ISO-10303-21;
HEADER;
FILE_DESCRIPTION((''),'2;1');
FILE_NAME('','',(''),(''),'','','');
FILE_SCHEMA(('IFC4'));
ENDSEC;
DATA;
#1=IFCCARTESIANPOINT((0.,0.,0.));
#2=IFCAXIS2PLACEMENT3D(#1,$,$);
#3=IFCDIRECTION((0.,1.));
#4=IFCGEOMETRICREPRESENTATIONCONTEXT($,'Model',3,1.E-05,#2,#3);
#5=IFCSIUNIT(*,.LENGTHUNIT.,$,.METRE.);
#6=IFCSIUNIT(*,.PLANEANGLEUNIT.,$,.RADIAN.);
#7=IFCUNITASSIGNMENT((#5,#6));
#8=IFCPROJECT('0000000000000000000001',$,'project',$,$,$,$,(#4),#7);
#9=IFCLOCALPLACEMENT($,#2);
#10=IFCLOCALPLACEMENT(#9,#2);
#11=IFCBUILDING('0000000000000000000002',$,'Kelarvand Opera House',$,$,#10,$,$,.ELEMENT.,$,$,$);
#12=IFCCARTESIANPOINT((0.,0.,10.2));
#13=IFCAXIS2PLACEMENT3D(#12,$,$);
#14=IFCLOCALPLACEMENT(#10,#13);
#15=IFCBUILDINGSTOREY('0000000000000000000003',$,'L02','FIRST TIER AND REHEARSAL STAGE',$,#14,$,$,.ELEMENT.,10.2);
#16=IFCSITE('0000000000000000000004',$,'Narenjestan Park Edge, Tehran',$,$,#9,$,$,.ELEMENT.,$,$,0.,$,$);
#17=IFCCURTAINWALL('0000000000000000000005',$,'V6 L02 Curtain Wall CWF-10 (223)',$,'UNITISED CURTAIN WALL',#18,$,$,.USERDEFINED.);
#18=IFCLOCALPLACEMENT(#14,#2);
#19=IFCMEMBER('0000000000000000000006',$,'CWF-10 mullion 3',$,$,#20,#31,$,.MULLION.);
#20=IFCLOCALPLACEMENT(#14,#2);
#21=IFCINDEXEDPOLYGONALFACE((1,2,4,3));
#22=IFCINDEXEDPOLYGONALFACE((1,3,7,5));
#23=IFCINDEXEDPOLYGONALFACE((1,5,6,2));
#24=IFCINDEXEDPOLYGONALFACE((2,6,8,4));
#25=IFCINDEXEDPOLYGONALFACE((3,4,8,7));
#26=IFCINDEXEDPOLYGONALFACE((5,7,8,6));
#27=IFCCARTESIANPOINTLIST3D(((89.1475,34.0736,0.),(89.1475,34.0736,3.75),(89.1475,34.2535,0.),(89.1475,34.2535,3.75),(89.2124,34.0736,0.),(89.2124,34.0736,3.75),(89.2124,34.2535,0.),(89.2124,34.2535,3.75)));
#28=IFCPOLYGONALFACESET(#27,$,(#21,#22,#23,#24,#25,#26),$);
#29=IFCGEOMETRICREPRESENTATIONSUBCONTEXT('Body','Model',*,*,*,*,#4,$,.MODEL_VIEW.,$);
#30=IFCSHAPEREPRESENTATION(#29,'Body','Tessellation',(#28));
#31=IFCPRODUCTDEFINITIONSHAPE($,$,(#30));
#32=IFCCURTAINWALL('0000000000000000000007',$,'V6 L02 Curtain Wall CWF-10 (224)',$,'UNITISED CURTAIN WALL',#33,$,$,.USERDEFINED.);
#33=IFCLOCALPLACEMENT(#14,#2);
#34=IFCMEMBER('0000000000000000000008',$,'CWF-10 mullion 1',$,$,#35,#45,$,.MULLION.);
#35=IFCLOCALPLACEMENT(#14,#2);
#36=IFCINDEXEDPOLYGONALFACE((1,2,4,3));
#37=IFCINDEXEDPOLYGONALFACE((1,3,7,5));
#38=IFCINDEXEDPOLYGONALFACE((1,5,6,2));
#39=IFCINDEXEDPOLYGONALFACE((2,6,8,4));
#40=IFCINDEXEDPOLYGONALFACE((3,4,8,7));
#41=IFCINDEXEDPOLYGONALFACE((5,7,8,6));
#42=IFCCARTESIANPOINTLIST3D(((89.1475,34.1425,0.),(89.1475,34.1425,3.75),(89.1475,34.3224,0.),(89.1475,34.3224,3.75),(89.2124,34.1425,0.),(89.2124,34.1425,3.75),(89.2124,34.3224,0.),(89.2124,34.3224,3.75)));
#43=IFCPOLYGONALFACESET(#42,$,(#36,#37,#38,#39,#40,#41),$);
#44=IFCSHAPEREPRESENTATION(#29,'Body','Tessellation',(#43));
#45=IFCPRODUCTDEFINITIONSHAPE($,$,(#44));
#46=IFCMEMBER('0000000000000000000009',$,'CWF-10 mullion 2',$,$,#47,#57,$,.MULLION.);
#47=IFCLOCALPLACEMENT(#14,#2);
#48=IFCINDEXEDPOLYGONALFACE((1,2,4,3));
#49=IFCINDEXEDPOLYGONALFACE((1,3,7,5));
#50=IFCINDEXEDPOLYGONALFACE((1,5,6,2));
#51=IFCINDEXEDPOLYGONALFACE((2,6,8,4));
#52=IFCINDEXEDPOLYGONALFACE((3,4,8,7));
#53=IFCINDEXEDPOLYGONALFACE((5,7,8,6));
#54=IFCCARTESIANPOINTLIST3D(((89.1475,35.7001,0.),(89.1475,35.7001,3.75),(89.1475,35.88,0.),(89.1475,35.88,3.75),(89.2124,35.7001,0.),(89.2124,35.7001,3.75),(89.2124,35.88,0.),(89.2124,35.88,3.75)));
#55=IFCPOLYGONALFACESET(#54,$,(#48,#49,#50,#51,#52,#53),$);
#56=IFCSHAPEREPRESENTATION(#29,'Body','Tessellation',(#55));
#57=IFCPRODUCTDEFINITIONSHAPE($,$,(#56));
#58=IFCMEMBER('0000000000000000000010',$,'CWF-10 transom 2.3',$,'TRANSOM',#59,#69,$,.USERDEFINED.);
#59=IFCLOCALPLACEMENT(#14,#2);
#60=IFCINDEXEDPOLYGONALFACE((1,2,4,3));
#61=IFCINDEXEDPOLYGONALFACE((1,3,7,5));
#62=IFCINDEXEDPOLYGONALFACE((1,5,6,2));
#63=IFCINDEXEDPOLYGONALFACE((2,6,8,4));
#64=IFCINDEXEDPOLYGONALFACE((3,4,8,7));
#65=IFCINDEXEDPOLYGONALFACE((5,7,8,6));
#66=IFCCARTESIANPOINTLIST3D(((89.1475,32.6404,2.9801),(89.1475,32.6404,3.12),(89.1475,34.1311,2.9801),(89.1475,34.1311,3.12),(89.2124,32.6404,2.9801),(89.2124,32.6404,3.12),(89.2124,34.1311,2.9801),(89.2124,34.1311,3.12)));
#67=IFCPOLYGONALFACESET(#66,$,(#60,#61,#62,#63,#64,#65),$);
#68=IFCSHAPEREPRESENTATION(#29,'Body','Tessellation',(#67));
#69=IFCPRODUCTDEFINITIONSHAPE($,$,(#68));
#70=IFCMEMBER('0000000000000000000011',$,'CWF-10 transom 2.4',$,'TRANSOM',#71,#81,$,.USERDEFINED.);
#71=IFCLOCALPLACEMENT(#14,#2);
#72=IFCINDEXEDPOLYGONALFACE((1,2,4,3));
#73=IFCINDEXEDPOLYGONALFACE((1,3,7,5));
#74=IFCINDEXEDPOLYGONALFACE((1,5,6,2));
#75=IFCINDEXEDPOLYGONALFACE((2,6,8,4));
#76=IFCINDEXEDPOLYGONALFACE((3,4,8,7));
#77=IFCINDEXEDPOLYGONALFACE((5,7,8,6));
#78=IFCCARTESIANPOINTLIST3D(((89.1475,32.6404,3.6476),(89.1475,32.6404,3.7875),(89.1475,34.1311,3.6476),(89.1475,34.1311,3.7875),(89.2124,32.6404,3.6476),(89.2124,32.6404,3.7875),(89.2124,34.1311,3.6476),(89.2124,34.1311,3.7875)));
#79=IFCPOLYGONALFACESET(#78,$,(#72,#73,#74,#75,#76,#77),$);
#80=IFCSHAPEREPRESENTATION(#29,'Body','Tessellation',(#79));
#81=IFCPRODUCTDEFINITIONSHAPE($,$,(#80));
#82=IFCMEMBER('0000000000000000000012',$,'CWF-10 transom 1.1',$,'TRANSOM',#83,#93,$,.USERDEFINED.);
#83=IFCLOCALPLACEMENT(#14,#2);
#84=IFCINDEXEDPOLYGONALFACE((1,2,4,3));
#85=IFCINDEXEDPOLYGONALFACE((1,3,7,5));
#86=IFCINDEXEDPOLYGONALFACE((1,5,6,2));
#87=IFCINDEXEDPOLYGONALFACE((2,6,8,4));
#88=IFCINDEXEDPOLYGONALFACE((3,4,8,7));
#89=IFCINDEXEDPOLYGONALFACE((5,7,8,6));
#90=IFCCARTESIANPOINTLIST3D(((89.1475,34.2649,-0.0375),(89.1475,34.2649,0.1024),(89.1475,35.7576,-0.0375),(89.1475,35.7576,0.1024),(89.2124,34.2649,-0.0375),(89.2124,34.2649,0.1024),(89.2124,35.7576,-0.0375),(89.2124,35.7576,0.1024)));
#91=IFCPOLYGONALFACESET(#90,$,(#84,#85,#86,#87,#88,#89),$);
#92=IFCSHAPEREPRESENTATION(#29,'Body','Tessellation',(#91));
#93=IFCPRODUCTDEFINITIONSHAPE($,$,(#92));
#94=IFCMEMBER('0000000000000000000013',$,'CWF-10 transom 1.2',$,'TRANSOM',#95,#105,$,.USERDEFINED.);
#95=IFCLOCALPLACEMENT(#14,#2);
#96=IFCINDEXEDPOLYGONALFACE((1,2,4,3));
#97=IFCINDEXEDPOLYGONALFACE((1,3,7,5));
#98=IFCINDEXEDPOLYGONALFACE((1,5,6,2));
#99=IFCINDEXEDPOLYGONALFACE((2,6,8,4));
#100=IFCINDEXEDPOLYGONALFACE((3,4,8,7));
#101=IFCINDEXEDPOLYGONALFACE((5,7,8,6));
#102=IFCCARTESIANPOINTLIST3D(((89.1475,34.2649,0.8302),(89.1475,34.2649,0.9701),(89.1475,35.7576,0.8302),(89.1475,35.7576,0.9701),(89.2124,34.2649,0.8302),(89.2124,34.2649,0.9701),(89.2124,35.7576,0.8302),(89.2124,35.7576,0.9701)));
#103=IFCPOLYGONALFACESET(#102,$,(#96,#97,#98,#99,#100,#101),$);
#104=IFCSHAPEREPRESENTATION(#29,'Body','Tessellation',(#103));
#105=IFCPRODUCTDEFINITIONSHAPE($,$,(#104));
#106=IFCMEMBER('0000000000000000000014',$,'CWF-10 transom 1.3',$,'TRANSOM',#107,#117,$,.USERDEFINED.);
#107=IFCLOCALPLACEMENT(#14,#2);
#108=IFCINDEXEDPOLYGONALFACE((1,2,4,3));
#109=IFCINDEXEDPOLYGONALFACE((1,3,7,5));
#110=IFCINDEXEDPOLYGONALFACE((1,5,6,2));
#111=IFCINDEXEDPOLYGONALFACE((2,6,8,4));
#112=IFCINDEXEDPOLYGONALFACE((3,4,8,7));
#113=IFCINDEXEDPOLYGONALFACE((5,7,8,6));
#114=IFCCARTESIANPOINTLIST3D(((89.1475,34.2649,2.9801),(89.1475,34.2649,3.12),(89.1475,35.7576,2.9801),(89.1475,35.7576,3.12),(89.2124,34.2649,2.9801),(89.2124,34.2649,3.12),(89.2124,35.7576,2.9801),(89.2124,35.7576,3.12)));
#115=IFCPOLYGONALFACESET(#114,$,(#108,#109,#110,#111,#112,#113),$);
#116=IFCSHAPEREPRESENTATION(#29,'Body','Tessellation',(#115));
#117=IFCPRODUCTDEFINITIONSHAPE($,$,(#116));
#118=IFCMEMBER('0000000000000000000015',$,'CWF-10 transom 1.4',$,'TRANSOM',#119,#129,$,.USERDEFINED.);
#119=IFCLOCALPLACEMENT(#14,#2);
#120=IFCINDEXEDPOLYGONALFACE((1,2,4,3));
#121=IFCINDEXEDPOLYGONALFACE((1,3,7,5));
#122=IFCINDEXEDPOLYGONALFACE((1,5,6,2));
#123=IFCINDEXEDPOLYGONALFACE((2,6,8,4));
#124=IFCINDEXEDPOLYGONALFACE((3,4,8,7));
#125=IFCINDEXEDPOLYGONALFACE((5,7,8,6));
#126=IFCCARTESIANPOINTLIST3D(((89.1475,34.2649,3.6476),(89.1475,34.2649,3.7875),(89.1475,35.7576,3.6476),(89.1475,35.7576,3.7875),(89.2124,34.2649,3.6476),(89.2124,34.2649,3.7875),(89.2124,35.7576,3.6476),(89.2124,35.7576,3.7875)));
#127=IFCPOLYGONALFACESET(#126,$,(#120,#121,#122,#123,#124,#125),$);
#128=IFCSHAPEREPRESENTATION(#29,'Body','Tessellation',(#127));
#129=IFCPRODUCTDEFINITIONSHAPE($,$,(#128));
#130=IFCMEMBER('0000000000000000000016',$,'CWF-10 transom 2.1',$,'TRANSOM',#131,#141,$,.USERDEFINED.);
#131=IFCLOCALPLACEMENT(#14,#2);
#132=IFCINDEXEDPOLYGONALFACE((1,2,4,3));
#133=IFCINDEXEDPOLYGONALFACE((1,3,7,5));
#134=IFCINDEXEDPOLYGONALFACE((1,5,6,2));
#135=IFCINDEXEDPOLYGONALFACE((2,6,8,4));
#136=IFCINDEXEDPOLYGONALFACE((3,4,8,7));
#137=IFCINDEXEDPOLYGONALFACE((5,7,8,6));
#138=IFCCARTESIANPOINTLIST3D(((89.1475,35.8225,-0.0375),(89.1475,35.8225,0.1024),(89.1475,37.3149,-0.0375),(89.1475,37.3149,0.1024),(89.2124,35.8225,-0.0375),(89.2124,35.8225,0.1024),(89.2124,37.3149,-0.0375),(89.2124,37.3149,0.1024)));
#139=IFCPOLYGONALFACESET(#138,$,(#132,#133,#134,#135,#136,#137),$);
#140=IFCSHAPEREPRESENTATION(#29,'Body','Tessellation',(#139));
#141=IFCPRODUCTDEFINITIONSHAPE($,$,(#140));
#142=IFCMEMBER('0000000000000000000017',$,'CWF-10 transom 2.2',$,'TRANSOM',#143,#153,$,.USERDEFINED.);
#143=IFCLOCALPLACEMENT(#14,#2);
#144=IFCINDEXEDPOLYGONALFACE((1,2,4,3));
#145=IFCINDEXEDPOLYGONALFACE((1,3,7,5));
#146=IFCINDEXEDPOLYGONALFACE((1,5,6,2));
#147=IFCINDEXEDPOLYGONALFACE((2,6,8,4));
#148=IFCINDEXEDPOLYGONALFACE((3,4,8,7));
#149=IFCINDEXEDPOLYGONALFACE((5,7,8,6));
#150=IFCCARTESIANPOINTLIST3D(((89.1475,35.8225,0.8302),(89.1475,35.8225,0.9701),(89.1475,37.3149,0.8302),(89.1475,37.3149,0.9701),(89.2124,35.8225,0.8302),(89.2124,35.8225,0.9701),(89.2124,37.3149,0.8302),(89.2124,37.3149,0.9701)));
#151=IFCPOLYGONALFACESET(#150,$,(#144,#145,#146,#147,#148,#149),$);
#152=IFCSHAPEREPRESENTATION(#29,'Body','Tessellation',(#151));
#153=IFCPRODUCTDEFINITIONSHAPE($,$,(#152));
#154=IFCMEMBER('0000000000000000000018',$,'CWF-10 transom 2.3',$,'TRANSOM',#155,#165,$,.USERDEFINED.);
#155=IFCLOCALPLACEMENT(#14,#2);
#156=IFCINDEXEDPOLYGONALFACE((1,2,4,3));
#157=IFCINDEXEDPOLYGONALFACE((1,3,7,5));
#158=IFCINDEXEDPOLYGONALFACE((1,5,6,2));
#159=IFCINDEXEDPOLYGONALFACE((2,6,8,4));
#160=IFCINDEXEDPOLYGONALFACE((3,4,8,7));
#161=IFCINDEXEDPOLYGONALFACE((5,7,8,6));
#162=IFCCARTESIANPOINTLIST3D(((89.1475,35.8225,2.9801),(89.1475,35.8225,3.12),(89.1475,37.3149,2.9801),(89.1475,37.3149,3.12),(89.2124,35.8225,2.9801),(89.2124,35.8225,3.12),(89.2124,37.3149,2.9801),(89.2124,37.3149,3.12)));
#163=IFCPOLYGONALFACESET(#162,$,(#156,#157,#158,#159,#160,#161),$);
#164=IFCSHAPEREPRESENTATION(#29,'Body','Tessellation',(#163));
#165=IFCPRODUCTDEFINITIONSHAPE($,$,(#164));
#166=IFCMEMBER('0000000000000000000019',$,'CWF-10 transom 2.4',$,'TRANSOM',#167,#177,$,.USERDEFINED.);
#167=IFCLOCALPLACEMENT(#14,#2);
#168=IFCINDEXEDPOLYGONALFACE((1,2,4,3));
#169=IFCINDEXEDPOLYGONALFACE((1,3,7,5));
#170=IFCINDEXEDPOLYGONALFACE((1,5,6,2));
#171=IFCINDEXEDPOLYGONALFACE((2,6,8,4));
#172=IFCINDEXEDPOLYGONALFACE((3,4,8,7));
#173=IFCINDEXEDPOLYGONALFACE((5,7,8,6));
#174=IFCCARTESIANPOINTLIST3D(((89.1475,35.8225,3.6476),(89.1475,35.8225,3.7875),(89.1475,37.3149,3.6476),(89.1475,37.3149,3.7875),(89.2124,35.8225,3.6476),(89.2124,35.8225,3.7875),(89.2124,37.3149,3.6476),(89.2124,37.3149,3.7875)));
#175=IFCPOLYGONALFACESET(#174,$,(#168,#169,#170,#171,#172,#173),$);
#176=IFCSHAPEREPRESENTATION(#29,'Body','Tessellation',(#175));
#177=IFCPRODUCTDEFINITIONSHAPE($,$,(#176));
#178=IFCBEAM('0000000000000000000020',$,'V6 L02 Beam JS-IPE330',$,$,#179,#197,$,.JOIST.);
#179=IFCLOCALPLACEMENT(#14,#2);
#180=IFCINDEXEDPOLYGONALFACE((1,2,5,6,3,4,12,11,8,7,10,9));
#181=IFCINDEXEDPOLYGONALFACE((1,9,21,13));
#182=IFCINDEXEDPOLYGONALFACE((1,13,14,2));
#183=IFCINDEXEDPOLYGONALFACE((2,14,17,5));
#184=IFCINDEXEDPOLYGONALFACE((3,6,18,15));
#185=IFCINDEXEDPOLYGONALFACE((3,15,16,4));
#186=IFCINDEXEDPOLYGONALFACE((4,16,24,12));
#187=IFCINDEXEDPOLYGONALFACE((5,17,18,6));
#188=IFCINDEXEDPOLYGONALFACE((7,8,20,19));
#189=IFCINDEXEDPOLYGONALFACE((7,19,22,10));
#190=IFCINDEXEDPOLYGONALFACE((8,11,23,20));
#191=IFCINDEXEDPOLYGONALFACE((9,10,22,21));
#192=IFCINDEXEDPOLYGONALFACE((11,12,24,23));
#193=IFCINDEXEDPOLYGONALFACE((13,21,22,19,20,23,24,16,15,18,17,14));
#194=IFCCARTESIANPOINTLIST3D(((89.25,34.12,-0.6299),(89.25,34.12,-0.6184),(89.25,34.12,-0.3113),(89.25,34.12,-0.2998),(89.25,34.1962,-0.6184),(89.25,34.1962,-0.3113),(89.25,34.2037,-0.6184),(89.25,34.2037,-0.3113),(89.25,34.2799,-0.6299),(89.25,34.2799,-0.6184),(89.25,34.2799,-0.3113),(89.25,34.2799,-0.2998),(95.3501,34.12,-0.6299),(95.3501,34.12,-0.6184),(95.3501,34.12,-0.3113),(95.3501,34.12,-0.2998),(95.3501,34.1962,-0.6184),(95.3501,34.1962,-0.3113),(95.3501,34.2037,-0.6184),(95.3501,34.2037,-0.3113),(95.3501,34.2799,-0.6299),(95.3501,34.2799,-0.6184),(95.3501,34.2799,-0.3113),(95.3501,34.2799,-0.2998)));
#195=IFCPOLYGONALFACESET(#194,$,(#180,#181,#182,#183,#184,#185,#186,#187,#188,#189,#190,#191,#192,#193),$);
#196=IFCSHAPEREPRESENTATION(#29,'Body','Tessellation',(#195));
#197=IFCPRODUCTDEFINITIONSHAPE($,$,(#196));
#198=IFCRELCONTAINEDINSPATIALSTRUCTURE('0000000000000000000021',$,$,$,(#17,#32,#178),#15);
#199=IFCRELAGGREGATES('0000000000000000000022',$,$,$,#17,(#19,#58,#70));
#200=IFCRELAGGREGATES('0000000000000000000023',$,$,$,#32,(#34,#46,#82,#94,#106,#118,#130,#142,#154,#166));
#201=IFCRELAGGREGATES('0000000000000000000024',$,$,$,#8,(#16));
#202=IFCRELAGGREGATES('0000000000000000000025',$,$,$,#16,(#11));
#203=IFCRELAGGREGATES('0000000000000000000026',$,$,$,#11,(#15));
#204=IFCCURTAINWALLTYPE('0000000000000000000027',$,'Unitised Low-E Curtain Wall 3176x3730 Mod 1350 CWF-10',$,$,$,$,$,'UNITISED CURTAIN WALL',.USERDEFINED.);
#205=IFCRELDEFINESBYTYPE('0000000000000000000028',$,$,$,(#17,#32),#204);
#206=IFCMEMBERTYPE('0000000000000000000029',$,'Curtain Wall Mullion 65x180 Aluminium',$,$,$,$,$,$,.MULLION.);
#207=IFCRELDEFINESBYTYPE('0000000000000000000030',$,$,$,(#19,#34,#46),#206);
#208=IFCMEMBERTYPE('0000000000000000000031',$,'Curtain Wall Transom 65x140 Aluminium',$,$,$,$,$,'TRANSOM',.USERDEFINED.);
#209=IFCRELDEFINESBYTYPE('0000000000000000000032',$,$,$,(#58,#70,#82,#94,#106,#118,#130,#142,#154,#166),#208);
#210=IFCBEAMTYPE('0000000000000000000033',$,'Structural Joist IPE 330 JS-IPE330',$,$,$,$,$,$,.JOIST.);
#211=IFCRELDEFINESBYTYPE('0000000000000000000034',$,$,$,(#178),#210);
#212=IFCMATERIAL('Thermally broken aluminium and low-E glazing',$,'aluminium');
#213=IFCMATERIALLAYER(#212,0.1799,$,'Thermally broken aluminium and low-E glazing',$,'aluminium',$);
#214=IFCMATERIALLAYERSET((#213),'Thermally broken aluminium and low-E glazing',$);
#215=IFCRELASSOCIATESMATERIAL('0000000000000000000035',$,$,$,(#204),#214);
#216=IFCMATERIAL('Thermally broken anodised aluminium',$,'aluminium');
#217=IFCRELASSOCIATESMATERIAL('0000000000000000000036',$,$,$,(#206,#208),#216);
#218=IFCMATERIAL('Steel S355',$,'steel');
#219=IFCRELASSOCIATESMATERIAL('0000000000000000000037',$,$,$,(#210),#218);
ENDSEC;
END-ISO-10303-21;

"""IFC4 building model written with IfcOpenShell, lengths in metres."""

from ifc_helpers import new_model, si_unit, direction, frame, origin, origin_2d, place, context, subcontext, project, spatial, rectangle, i_section, extrude, material, layer, layer_set, material_profile, profile_set, type_object, element, aggregate, save


model = new_model("IFC4")

# Units and contexts
model_context = context("Model", 3, precision=1e-05, world=origin(), true_north=direction((0.0, 1.0)))
body_context = subcontext(model_context, "Body", "Model", "MODEL_VIEW")
ifc_project = project(units=[si_unit("LENGTHUNIT", "METRE"), si_unit("PLANEANGLEUNIT", "RADIAN")], contexts=[model_context])

# Site, building, storey
site_placement = place(None, origin())
site = spatial("IfcSite", under=ifc_project, at=site_placement, Name="Narenjestan Park Edge, Tehran", CompositionType="ELEMENT", RefElevation=0.0)
building_placement = place(site_placement, origin())
building = spatial("IfcBuilding", under=site, at=building_placement, Name="Kelarvand Opera House", CompositionType="ELEMENT")
storey_placement = place(building_placement, frame((0.0, 0.0, 10.2)))
storey = spatial("IfcBuildingStorey", under=building, at=storey_placement, Name="L02", Description="FIRST TIER AND REHEARSAL STAGE", CompositionType="ELEMENT", Elevation=10.2)

# Curtain wall, member
ifc_material_1 = material(Name="Thermally broken aluminium and low-E glazing", Category="aluminium")
ifc_layer_1 = layer(ifc_material_1, 0.1799, Name="Thermally broken aluminium and low-E glazing", Category="aluminium")
ifc_layer_set_1 = layer_set([ifc_layer_1], Name="Thermally broken aluminium and low-E glazing")
curtain_wall_type = type_object("IfcCurtainWallType", Name="Unitised Low-E Curtain Wall 3176x3730 Mod 1350 CWF-10", ElementType="UNITISED CURTAIN WALL", PredefinedType="USERDEFINED", material=ifc_layer_set_1)
curtain_wall_1_placement = place(storey_placement, origin())
curtain_wall_1 = element("IfcCurtainWall", 1, at=curtain_wall_1_placement, inside=storey, type_object=curtain_wall_type, Name="V6 L02 Curtain Wall CWF-10 (223)", ObjectType="UNITISED CURTAIN WALL", PredefinedType="USERDEFINED")
ifc_material_2 = material(Name="Thermally broken anodised aluminium", Category="aluminium")
ifc_material_profile_1 = material_profile(ifc_material_2, rectangle(XDim=0.0649, YDim=0.1799, at=origin_2d()), Name="ALU MULLION 65x180", Category="aluminium")
ifc_profile_set_1 = profile_set([ifc_material_profile_1], Name="Thermally broken anodised aluminium")
member_type_1 = type_object("IfcMemberType", Name="Curtain Wall Mullion 65x180 Aluminium", PredefinedType="MULLION", material=ifc_profile_set_1)
member_1_placement = place(storey_placement, frame((89.1799, 34.1636, 0.0), z_axis=(0.0, 0.0, 1.0), x_axis=(-1.0, 0.0, 0.0)))
member_1 = element("IfcMember", 2, at=member_1_placement, type_object=member_type_1, Name="CWF-10 mullion 3", PredefinedType="MULLION", context=body_context, shape_type="SweptSolid", body=[
    extrude(rectangle(XDim=0.0649, YDim=0.1799, at=origin_2d()), origin(), (0.0, 0.0, 1.0), 3.75),
])

# Curtain wall, members
curtain_wall_2_placement = place(storey_placement, origin())
curtain_wall_2 = element("IfcCurtainWall", 3, at=curtain_wall_2_placement, inside=storey, type_object=curtain_wall_type, Name="V6 L02 Curtain Wall CWF-10 (224)", ObjectType="UNITISED CURTAIN WALL", PredefinedType="USERDEFINED")
member_2_placement = place(storey_placement, frame((89.1799, 34.2324, 0.0), z_axis=(0.0, 0.0, 1.0), x_axis=(-1.0, 0.0, 0.0)))
member_2 = element("IfcMember", 4, at=member_2_placement, type_object=member_type_1, Name="CWF-10 mullion 1", PredefinedType="MULLION", context=body_context, shape_type="SweptSolid", body=[
    extrude(rectangle(XDim=0.0649, YDim=0.1799, at=origin_2d()), origin(), (0.0, 0.0, 1.0), 3.75),
])
member_3_placement = place(storey_placement, frame((89.1799, 35.79, 0.0), z_axis=(0.0, 0.0, 1.0), x_axis=(-1.0, 0.0, 0.0)))
member_3 = element("IfcMember", 5, at=member_3_placement, type_object=member_type_1, Name="CWF-10 mullion 2", PredefinedType="MULLION", context=body_context, shape_type="SweptSolid", body=[
    extrude(rectangle(XDim=0.0649, YDim=0.1799, at=origin_2d()), origin(), (0.0, 0.0, 1.0), 3.75),
])

# Members
ifc_material_profile_2 = material_profile(ifc_material_2, rectangle(XDim=0.0649, YDim=0.1399, at=origin_2d()), Name="ALU TRANSOM 65x140", Category="aluminium")
ifc_profile_set_2 = profile_set([ifc_material_profile_2], Name="Thermally broken anodised aluminium")
member_type_2 = type_object("IfcMemberType", Name="Curtain Wall Transom 65x140 Aluminium", ElementType="TRANSOM", PredefinedType="USERDEFINED", material=ifc_profile_set_2)
member_4_placement = place(storey_placement, frame((89.1799, 32.6404, 3.05), z_axis=(0.0, 1.0, 0.0), x_axis=(-1.0, 0.0, 0.0)))
member_4 = element("IfcMember", 6, at=member_4_placement, type_object=member_type_2, Name="CWF-10 transom 2.3", ObjectType="TRANSOM", PredefinedType="USERDEFINED", context=body_context, shape_type="SweptSolid", body=[
    extrude(rectangle(XDim=0.0649, YDim=0.1399, at=origin_2d()), origin(), (0.0, 0.0, 1.0), 1.4907),
])
member_5_placement = place(storey_placement, frame((89.1799, 32.6404, 3.7175), z_axis=(0.0, 1.0, 0.0), x_axis=(-1.0, 0.0, 0.0)))
member_5 = element("IfcMember", 7, at=member_5_placement, type_object=member_type_2, Name="CWF-10 transom 2.4", ObjectType="TRANSOM", PredefinedType="USERDEFINED", context=body_context, shape_type="SweptSolid", body=[
    extrude(rectangle(XDim=0.0649, YDim=0.1399, at=origin_2d()), origin(), (0.0, 0.0, 1.0), 1.4907),
])
member_6_placement = place(storey_placement, frame((89.1799, 34.2649, 0.0325), z_axis=(0.0, 1.0, 0.0), x_axis=(-1.0, 0.0, 0.0)))
member_6 = element("IfcMember", 8, at=member_6_placement, type_object=member_type_2, Name="CWF-10 transom 1.1", ObjectType="TRANSOM", PredefinedType="USERDEFINED", context=body_context, shape_type="SweptSolid", body=[
    extrude(rectangle(XDim=0.0649, YDim=0.1399, at=origin_2d()), origin(), (0.0, 0.0, 1.0), 1.4927),
])
member_7_placement = place(storey_placement, frame((89.1799, 34.2649, 0.9001), z_axis=(0.0, 1.0, 0.0), x_axis=(-1.0, 0.0, 0.0)))
member_7 = element("IfcMember", 9, at=member_7_placement, type_object=member_type_2, Name="CWF-10 transom 1.2", ObjectType="TRANSOM", PredefinedType="USERDEFINED", context=body_context, shape_type="SweptSolid", body=[
    extrude(rectangle(XDim=0.0649, YDim=0.1399, at=origin_2d()), origin(), (0.0, 0.0, 1.0), 1.4927),
])
member_8_placement = place(storey_placement, frame((89.1799, 34.2649, 3.05), z_axis=(0.0, 1.0, 0.0), x_axis=(-1.0, 0.0, 0.0)))
member_8 = element("IfcMember", 10, at=member_8_placement, type_object=member_type_2, Name="CWF-10 transom 1.3", ObjectType="TRANSOM", PredefinedType="USERDEFINED", context=body_context, shape_type="SweptSolid", body=[
    extrude(rectangle(XDim=0.0649, YDim=0.1399, at=origin_2d()), origin(), (0.0, 0.0, 1.0), 1.4927),
])
member_9_placement = place(storey_placement, frame((89.1799, 34.2649, 3.7175), z_axis=(0.0, 1.0, 0.0), x_axis=(-1.0, 0.0, 0.0)))
member_9 = element("IfcMember", 11, at=member_9_placement, type_object=member_type_2, Name="CWF-10 transom 1.4", ObjectType="TRANSOM", PredefinedType="USERDEFINED", context=body_context, shape_type="SweptSolid", body=[
    extrude(rectangle(XDim=0.0649, YDim=0.1399, at=origin_2d()), origin(), (0.0, 0.0, 1.0), 1.4927),
])
member_10_placement = place(storey_placement, frame((89.1799, 35.8225, 0.0325), z_axis=(0.0, 1.0, 0.0), x_axis=(-1.0, 0.0, 0.0)))
member_10 = element("IfcMember", 12, at=member_10_placement, type_object=member_type_2, Name="CWF-10 transom 2.1", ObjectType="TRANSOM", PredefinedType="USERDEFINED", context=body_context, shape_type="SweptSolid", body=[
    extrude(rectangle(XDim=0.0649, YDim=0.1399, at=origin_2d()), origin(), (0.0, 0.0, 1.0), 1.4924),
])
member_11_placement = place(storey_placement, frame((89.1799, 35.8225, 0.9001), z_axis=(0.0, 1.0, 0.0), x_axis=(-1.0, 0.0, 0.0)))
member_11 = element("IfcMember", 13, at=member_11_placement, type_object=member_type_2, Name="CWF-10 transom 2.2", ObjectType="TRANSOM", PredefinedType="USERDEFINED", context=body_context, shape_type="SweptSolid", body=[
    extrude(rectangle(XDim=0.0649, YDim=0.1399, at=origin_2d()), origin(), (0.0, 0.0, 1.0), 1.4924),
])
member_12_placement = place(storey_placement, frame((89.1799, 35.8225, 3.05), z_axis=(0.0, 1.0, 0.0), x_axis=(-1.0, 0.0, 0.0)))
member_12 = element("IfcMember", 14, at=member_12_placement, type_object=member_type_2, Name="CWF-10 transom 2.3", ObjectType="TRANSOM", PredefinedType="USERDEFINED", context=body_context, shape_type="SweptSolid", body=[
    extrude(rectangle(XDim=0.0649, YDim=0.1399, at=origin_2d()), origin(), (0.0, 0.0, 1.0), 1.4924),
])
member_13_placement = place(storey_placement, frame((89.1799, 35.8225, 3.7175), z_axis=(0.0, 1.0, 0.0), x_axis=(-1.0, 0.0, 0.0)))
member_13 = element("IfcMember", 15, at=member_13_placement, type_object=member_type_2, Name="CWF-10 transom 2.4", ObjectType="TRANSOM", PredefinedType="USERDEFINED", context=body_context, shape_type="SweptSolid", body=[
    extrude(rectangle(XDim=0.0649, YDim=0.1399, at=origin_2d()), origin(), (0.0, 0.0, 1.0), 1.4924),
])

# Beam
ifc_material_3 = material(Name="Steel S355", Category="steel")
ifc_material_profile_3 = material_profile(ifc_material_3, i_section(OverallWidth=0.1599, OverallDepth=0.3301, WebThickness=0.0076, FlangeThickness=0.0115, at=origin_2d()), Name="IPE 330", Category="steel")
ifc_profile_set_3 = profile_set([ifc_material_profile_3], Name="Steel S355")
beam_type = type_object("IfcBeamType", Name="Structural Joist IPE 330 JS-IPE330", PredefinedType="JOIST", material=ifc_profile_set_3)
beam_placement = place(storey_placement, frame((89.25, 34.2, -0.4648), z_axis=(1.0, 0.0, 0.0), x_axis=(0.0, 1.0, 0.0)))
element("IfcBeam", 16, at=beam_placement, inside=storey, type_object=beam_type, Name="V6 L02 Beam JS-IPE330", PredefinedType="JOIST", context=body_context, shape_type="SweptSolid", body=[
    extrude(i_section(OverallWidth=0.1599, OverallDepth=0.3301, WebThickness=0.0076, FlangeThickness=0.0115, at=origin_2d()), origin(), (0.0, 0.0, 1.0), 6.1001),
])

aggregate(curtain_wall_1, [member_1, member_4, member_5])
aggregate(curtain_wall_2, [member_2, member_3, member_6, member_7, member_8, member_9, member_10, member_11, member_12, member_13])

save(model, "model.ifc")
